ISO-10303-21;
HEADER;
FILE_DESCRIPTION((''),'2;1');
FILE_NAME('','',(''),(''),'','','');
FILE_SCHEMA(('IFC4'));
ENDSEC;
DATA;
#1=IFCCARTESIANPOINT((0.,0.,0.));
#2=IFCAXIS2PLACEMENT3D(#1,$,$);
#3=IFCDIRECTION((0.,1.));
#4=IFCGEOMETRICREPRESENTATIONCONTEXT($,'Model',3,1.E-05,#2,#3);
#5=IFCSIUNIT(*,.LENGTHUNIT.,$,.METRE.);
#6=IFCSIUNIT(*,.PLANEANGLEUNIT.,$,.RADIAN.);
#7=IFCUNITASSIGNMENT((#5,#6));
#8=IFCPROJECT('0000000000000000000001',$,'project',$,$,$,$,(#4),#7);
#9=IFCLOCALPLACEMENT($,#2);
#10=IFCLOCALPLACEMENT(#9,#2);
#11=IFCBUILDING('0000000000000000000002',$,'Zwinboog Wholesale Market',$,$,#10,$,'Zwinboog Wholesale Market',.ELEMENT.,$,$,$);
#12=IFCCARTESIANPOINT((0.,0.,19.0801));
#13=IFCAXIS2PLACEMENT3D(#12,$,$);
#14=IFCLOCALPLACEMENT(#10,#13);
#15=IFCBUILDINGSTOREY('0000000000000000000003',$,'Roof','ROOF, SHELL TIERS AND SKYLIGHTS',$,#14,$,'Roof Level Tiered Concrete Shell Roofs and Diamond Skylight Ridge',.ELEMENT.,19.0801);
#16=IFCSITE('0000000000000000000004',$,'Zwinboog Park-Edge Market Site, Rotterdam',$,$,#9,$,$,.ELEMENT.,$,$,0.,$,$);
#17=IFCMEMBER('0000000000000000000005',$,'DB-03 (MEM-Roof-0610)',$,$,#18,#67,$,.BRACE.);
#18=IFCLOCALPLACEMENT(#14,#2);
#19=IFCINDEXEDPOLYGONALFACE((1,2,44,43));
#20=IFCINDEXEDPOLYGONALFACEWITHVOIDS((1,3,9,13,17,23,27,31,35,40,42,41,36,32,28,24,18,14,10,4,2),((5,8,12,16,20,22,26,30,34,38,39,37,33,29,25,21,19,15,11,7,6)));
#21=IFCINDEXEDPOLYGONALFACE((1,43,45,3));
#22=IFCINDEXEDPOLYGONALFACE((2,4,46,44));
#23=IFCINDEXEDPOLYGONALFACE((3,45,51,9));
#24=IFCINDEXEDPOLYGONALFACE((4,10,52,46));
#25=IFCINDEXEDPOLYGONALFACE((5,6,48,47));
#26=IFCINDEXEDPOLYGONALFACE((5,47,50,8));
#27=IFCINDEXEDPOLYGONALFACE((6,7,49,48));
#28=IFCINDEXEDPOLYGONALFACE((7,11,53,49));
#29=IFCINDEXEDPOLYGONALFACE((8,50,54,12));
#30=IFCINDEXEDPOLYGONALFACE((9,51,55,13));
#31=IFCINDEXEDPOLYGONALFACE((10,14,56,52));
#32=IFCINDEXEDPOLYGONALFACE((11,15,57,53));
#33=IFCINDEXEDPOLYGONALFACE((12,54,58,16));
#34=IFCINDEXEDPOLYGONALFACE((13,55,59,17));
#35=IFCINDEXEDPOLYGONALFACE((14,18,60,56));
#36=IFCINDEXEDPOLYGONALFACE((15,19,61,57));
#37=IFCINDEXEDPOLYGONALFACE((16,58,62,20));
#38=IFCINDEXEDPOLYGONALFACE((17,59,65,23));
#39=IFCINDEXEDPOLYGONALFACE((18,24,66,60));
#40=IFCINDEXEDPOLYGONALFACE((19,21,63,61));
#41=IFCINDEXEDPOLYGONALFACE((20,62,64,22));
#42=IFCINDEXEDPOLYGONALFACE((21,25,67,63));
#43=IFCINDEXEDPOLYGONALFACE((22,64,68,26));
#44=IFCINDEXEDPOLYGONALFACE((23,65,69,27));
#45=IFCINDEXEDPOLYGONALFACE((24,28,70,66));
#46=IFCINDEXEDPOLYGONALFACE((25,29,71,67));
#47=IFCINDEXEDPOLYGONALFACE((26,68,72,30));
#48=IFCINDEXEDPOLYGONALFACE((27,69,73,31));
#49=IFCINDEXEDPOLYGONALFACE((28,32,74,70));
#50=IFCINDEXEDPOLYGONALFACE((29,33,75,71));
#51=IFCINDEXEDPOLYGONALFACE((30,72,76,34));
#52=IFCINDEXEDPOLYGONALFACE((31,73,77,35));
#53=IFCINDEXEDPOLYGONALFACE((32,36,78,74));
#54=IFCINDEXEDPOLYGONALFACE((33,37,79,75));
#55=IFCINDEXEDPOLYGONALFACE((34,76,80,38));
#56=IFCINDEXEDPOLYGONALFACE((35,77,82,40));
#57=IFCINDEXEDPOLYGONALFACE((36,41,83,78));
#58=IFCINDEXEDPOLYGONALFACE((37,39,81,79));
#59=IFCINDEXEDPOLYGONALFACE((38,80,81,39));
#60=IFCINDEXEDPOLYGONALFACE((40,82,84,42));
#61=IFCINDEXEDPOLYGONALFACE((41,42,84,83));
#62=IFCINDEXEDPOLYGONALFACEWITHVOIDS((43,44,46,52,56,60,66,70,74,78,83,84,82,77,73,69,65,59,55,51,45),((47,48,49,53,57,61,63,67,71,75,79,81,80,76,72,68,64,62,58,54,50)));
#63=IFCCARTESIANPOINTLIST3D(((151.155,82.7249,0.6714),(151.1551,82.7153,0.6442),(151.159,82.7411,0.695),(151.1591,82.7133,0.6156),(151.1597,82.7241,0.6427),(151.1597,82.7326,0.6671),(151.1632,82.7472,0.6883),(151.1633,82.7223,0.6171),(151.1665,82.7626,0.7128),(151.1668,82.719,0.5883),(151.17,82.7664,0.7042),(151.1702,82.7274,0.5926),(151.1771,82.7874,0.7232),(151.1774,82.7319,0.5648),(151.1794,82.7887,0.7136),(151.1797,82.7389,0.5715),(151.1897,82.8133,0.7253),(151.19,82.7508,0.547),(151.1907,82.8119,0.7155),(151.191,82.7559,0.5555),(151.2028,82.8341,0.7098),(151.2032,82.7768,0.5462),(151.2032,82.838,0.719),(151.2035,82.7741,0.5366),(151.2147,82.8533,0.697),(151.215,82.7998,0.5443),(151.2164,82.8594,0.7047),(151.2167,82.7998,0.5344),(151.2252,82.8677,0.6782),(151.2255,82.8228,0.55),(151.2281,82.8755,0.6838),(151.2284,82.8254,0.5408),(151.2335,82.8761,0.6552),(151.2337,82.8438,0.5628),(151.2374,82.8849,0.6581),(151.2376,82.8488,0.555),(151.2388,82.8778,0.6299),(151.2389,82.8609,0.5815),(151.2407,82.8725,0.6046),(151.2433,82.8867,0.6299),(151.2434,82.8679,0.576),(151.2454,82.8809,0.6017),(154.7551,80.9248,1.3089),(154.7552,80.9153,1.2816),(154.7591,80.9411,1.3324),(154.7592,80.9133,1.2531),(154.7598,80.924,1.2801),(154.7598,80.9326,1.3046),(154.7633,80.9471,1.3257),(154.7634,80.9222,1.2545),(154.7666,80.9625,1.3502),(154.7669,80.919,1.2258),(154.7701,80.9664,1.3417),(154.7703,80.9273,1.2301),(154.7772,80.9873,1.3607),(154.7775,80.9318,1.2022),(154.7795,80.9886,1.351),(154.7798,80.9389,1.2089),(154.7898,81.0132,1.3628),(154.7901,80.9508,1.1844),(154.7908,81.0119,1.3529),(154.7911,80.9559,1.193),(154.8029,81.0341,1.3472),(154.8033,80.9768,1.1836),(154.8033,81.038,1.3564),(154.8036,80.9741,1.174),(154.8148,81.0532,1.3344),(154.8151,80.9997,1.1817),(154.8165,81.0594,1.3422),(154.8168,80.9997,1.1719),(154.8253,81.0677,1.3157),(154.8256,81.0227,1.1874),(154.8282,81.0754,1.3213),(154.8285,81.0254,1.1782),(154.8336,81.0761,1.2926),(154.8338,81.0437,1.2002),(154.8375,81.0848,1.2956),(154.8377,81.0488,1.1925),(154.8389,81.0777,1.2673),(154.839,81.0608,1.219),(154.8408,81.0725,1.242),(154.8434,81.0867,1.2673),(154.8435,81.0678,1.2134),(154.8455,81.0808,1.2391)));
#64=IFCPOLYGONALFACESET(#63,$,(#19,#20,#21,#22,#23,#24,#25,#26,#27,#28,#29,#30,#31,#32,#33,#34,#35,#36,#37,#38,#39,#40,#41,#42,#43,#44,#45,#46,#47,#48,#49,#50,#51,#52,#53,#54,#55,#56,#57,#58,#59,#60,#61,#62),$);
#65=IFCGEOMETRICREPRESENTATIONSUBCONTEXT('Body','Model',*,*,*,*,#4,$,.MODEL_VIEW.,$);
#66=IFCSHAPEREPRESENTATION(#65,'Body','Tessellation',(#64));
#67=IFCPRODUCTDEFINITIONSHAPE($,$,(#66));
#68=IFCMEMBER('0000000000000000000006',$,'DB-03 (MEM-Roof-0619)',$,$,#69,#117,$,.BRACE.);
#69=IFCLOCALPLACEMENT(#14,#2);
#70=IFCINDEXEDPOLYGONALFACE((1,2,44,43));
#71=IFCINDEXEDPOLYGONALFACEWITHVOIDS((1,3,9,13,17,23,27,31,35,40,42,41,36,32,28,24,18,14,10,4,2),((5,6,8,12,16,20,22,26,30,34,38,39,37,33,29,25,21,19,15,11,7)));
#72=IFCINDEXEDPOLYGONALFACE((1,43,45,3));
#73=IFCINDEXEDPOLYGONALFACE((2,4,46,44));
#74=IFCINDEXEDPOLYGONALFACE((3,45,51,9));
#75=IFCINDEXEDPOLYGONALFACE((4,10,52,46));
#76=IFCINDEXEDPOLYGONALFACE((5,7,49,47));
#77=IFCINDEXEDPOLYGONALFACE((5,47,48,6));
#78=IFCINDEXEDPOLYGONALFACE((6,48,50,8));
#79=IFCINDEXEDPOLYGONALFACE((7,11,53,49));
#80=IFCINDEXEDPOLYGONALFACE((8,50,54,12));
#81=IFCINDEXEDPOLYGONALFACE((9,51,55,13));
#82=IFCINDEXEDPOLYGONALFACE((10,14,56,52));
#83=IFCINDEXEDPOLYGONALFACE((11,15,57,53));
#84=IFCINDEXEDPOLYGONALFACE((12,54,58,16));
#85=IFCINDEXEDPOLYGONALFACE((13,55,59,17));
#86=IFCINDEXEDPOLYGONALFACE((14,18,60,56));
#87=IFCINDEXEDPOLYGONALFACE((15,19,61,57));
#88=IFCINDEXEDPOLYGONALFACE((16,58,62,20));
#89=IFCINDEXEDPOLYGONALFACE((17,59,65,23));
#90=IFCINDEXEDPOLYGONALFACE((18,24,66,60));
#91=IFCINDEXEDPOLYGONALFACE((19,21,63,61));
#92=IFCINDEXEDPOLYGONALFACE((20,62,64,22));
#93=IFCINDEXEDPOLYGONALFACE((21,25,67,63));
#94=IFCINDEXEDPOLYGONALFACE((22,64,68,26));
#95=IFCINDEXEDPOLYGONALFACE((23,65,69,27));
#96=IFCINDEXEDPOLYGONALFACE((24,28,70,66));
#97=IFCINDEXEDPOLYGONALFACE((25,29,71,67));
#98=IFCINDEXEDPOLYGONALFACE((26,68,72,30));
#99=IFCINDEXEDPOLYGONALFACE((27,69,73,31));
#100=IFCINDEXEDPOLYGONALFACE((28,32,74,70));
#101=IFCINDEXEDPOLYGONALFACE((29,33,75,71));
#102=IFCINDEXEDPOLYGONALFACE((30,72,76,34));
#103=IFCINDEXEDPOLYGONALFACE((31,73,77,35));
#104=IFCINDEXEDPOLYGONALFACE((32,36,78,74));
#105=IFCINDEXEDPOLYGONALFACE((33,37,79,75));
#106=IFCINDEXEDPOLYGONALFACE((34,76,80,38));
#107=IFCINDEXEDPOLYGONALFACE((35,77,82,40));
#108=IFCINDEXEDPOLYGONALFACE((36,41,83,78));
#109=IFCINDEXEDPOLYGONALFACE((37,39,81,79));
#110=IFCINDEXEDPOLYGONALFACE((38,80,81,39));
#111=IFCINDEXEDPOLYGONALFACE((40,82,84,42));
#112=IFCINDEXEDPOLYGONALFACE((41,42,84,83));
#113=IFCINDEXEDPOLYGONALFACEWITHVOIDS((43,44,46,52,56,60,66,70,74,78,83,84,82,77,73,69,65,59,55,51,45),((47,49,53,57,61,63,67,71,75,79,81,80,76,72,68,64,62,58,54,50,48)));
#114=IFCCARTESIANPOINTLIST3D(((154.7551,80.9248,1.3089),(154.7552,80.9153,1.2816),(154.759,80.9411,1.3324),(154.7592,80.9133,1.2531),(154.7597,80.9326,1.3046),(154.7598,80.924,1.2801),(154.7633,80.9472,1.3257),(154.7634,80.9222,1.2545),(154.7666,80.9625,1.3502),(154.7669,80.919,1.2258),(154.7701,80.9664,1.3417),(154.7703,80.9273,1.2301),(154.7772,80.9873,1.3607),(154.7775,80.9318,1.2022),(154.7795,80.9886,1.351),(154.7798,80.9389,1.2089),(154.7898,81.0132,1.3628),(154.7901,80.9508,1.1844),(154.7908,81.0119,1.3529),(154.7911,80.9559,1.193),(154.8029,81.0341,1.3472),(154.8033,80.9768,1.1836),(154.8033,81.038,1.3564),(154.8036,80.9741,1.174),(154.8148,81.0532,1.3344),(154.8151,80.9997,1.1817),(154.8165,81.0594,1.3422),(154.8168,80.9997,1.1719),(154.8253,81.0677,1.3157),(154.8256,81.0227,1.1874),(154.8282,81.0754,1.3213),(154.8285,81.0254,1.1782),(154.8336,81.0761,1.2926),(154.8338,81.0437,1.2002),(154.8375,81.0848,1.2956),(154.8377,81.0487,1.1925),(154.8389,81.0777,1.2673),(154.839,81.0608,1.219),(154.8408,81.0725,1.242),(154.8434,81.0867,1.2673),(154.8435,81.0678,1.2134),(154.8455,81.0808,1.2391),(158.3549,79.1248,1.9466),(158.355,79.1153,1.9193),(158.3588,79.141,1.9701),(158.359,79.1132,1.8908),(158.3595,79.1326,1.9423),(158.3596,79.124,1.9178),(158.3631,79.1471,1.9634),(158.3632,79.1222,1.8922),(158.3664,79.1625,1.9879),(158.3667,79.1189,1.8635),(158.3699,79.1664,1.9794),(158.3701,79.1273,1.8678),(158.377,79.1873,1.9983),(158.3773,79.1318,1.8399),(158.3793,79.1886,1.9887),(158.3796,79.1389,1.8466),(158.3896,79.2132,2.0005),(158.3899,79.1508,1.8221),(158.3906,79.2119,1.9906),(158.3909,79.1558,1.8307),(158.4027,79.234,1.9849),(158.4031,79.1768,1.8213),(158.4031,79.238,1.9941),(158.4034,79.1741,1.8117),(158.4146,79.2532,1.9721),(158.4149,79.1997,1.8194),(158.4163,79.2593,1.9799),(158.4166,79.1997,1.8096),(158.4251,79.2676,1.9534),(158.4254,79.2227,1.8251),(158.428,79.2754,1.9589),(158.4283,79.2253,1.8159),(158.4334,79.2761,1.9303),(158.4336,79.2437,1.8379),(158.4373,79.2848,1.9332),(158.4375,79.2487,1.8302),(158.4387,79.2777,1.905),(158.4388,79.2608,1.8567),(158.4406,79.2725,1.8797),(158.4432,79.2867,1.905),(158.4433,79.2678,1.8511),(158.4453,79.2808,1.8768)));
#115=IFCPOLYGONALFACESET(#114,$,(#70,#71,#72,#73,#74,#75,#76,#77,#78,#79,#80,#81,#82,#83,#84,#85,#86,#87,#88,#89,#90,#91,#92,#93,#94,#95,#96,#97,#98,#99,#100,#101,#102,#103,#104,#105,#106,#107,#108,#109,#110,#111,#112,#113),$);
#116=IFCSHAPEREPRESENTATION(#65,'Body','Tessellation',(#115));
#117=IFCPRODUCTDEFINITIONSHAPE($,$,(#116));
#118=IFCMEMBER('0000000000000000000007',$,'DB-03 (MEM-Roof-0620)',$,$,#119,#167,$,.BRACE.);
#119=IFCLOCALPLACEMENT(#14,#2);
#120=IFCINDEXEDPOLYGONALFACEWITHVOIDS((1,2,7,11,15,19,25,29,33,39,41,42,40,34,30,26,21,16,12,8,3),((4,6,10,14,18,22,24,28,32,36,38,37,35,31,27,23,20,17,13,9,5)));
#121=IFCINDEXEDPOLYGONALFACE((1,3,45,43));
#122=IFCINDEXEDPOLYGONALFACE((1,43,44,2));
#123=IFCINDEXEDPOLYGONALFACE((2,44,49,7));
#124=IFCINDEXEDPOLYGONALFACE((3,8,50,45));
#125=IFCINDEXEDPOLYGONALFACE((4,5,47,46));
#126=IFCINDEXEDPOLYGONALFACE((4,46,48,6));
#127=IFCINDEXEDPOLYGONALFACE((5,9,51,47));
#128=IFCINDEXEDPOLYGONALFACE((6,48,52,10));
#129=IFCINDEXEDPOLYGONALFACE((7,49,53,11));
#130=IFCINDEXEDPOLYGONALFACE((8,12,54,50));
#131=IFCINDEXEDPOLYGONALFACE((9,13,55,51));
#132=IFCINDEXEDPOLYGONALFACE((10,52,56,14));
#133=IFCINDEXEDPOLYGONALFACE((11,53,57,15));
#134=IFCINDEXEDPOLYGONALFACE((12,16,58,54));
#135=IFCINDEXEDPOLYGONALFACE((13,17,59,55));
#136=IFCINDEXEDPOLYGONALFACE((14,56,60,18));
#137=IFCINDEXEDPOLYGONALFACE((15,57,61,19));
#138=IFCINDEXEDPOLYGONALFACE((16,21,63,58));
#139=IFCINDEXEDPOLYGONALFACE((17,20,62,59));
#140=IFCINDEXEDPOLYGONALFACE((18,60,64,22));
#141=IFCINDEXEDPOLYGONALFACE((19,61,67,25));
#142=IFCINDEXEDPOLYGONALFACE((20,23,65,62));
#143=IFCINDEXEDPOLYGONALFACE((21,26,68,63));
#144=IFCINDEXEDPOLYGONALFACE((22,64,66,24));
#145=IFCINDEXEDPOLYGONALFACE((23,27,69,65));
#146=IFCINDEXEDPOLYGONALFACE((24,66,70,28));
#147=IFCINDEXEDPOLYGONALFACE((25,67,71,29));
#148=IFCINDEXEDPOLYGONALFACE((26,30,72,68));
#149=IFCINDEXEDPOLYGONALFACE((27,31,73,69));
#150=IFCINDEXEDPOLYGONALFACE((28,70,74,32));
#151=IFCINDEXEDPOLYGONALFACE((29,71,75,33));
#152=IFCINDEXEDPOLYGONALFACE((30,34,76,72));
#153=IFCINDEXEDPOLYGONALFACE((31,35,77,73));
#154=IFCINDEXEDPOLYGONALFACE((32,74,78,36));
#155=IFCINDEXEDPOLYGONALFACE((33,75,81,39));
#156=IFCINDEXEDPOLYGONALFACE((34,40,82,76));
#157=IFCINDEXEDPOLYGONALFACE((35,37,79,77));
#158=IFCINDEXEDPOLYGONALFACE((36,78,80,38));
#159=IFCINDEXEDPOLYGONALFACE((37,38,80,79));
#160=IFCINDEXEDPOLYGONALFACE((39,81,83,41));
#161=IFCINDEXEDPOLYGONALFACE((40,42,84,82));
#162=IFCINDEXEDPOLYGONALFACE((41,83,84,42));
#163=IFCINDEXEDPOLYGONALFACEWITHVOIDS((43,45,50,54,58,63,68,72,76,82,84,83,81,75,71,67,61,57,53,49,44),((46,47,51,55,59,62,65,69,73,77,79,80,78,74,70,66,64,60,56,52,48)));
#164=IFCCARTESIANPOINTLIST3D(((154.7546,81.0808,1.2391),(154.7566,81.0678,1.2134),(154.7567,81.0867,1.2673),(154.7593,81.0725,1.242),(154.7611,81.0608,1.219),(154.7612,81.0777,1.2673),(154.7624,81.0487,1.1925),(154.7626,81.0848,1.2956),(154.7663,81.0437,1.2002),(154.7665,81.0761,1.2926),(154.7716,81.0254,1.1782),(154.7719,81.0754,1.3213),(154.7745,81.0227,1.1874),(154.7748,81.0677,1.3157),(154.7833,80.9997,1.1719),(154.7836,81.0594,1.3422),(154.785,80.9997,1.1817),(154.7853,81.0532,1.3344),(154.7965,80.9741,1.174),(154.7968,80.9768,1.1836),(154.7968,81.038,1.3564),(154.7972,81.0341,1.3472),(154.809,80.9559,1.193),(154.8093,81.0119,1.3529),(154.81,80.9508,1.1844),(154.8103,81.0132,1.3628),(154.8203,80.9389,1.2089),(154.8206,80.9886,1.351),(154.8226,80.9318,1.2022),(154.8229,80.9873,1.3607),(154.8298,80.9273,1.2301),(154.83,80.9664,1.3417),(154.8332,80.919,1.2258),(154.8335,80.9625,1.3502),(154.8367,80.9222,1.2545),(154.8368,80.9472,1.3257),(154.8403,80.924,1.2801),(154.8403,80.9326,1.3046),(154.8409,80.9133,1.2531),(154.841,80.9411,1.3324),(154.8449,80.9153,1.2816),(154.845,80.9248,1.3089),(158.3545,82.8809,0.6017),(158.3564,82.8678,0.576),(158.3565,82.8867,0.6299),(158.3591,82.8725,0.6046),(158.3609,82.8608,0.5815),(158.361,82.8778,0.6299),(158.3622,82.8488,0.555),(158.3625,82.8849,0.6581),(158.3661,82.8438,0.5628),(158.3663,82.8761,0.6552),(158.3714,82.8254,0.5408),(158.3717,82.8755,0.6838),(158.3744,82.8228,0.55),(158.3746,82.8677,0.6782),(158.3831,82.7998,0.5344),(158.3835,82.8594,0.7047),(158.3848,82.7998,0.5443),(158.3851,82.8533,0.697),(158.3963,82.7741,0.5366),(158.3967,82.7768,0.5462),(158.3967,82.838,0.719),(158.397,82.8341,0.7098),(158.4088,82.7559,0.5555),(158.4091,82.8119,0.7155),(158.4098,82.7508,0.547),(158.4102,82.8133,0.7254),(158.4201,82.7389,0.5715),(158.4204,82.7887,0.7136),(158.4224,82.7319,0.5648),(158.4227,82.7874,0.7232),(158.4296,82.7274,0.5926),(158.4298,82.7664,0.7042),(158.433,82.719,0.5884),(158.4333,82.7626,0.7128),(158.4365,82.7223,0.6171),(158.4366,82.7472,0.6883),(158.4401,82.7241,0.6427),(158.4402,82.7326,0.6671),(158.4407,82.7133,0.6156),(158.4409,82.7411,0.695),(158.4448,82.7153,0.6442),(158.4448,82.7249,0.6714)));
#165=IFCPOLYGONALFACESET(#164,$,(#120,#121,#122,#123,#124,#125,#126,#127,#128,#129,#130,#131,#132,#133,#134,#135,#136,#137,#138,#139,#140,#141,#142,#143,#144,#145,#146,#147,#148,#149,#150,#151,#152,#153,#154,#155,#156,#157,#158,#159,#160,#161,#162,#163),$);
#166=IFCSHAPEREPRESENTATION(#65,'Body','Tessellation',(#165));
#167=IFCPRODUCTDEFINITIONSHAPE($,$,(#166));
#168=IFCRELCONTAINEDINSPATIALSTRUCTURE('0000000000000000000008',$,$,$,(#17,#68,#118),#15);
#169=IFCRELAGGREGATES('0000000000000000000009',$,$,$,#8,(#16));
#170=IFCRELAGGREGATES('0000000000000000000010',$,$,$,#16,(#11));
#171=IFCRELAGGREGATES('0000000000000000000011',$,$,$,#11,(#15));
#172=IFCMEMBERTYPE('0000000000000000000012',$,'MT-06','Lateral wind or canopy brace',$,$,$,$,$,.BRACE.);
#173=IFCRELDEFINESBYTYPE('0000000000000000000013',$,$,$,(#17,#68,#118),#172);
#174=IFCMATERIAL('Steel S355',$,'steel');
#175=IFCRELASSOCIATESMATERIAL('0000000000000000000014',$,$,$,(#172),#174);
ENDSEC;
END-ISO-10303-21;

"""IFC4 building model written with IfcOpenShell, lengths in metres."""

from ifc_helpers import new_model, si_unit, direction, frame, origin, origin_2d, place, context, subcontext, project, spatial, hollow_circle, extrude, material, material_profile, profile_set, type_object, element, save


model = new_model("IFC4")

# Units and contexts
model_context = context("Model", 3, precision=1e-05, world=origin(), true_north=direction((0.0, 1.0)))
body_context = subcontext(model_context, "Body", "Model", "MODEL_VIEW")
ifc_project = project(units=[si_unit("LENGTHUNIT", "METRE"), si_unit("PLANEANGLEUNIT", "RADIAN")], contexts=[model_context])

# Site, building, storey
site_placement = place(None, origin())
site = spatial("IfcSite", under=ifc_project, at=site_placement, Name="Zwinboog Park-Edge Market Site, Rotterdam", CompositionType="ELEMENT", RefElevation=0.0)
building_placement = place(site_placement, origin())
building = spatial("IfcBuilding", under=site, at=building_placement, Name="Zwinboog Wholesale Market", LongName="Zwinboog Wholesale Market", CompositionType="ELEMENT")
storey_placement = place(building_placement, frame((0.0, 0.0, 19.0801)))
storey = spatial("IfcBuildingStorey", under=building, at=storey_placement, Name="Roof", Description="ROOF, SHELL TIERS AND SKYLIGHTS", LongName="Roof Level Tiered Concrete Shell Roofs and Diamond Skylight Ridge", CompositionType="ELEMENT", Elevation=19.0801)

# Members
ifc_material_1 = material(Name="Steel S355", Category="steel")
ifc_material_profile_1 = material_profile(ifc_material_1, hollow_circle(Radius=0.0969, WallThickness=0.01, at=origin_2d()), Name="CHS 193.7x10")
ifc_profile_set_1 = profile_set([ifc_material_profile_1], Name="Steel S355")
member_type_1 = type_object("IfcMemberType", Name="MT-06", Description="Lateral wind or canopy brace", PredefinedType="BRACE", material=ifc_profile_set_1)
for number, where, z_axis, x_axis, name in (
    (1, (151.2, 82.8, 0.6299), (0.883417, -0.441709, 0.156422), (0.447214, 0.894427, 0.0), "DB-03 (MEM-Roof-0610)"),
):
    element("IfcMember", number, at=place(storey_placement, frame(where, z_axis=z_axis, x_axis=x_axis)), inside=storey, type_object=member_type_1, Name=name, PredefinedType="BRACE", context=body_context, shape_type="SweptSolid", body=[
        extrude(hollow_circle(Radius=0.0969, WallThickness=0.01, at=origin_2d()), origin(), (0.0, 0.0, 1.0), 4.0752),
    ])
for number, where, z_axis, x_axis, name in (
    (2, (154.8, 81.0, 1.2673), (0.883396, -0.441728, 0.156489), (0.447238, 0.894415, 0.0), "DB-03 (MEM-Roof-0619)"),
    (3, (154.8, 81.0, 1.2673), (0.883404, 0.441732, -0.15643), (-0.447238, 0.894415, 0.0), "DB-03 (MEM-Roof-0620)"),
):
    element("IfcMember", number, at=place(storey_placement, frame(where, z_axis=z_axis, x_axis=x_axis)), inside=storey, type_object=member_type_1, Name=name, PredefinedType="BRACE", context=body_context, shape_type="SweptSolid", body=[
        extrude(hollow_circle(Radius=0.0969, WallThickness=0.01, at=origin_2d()), origin(), (0.0, 0.0, 1.0), 4.075),
    ])

save(model, "model.ifc")
